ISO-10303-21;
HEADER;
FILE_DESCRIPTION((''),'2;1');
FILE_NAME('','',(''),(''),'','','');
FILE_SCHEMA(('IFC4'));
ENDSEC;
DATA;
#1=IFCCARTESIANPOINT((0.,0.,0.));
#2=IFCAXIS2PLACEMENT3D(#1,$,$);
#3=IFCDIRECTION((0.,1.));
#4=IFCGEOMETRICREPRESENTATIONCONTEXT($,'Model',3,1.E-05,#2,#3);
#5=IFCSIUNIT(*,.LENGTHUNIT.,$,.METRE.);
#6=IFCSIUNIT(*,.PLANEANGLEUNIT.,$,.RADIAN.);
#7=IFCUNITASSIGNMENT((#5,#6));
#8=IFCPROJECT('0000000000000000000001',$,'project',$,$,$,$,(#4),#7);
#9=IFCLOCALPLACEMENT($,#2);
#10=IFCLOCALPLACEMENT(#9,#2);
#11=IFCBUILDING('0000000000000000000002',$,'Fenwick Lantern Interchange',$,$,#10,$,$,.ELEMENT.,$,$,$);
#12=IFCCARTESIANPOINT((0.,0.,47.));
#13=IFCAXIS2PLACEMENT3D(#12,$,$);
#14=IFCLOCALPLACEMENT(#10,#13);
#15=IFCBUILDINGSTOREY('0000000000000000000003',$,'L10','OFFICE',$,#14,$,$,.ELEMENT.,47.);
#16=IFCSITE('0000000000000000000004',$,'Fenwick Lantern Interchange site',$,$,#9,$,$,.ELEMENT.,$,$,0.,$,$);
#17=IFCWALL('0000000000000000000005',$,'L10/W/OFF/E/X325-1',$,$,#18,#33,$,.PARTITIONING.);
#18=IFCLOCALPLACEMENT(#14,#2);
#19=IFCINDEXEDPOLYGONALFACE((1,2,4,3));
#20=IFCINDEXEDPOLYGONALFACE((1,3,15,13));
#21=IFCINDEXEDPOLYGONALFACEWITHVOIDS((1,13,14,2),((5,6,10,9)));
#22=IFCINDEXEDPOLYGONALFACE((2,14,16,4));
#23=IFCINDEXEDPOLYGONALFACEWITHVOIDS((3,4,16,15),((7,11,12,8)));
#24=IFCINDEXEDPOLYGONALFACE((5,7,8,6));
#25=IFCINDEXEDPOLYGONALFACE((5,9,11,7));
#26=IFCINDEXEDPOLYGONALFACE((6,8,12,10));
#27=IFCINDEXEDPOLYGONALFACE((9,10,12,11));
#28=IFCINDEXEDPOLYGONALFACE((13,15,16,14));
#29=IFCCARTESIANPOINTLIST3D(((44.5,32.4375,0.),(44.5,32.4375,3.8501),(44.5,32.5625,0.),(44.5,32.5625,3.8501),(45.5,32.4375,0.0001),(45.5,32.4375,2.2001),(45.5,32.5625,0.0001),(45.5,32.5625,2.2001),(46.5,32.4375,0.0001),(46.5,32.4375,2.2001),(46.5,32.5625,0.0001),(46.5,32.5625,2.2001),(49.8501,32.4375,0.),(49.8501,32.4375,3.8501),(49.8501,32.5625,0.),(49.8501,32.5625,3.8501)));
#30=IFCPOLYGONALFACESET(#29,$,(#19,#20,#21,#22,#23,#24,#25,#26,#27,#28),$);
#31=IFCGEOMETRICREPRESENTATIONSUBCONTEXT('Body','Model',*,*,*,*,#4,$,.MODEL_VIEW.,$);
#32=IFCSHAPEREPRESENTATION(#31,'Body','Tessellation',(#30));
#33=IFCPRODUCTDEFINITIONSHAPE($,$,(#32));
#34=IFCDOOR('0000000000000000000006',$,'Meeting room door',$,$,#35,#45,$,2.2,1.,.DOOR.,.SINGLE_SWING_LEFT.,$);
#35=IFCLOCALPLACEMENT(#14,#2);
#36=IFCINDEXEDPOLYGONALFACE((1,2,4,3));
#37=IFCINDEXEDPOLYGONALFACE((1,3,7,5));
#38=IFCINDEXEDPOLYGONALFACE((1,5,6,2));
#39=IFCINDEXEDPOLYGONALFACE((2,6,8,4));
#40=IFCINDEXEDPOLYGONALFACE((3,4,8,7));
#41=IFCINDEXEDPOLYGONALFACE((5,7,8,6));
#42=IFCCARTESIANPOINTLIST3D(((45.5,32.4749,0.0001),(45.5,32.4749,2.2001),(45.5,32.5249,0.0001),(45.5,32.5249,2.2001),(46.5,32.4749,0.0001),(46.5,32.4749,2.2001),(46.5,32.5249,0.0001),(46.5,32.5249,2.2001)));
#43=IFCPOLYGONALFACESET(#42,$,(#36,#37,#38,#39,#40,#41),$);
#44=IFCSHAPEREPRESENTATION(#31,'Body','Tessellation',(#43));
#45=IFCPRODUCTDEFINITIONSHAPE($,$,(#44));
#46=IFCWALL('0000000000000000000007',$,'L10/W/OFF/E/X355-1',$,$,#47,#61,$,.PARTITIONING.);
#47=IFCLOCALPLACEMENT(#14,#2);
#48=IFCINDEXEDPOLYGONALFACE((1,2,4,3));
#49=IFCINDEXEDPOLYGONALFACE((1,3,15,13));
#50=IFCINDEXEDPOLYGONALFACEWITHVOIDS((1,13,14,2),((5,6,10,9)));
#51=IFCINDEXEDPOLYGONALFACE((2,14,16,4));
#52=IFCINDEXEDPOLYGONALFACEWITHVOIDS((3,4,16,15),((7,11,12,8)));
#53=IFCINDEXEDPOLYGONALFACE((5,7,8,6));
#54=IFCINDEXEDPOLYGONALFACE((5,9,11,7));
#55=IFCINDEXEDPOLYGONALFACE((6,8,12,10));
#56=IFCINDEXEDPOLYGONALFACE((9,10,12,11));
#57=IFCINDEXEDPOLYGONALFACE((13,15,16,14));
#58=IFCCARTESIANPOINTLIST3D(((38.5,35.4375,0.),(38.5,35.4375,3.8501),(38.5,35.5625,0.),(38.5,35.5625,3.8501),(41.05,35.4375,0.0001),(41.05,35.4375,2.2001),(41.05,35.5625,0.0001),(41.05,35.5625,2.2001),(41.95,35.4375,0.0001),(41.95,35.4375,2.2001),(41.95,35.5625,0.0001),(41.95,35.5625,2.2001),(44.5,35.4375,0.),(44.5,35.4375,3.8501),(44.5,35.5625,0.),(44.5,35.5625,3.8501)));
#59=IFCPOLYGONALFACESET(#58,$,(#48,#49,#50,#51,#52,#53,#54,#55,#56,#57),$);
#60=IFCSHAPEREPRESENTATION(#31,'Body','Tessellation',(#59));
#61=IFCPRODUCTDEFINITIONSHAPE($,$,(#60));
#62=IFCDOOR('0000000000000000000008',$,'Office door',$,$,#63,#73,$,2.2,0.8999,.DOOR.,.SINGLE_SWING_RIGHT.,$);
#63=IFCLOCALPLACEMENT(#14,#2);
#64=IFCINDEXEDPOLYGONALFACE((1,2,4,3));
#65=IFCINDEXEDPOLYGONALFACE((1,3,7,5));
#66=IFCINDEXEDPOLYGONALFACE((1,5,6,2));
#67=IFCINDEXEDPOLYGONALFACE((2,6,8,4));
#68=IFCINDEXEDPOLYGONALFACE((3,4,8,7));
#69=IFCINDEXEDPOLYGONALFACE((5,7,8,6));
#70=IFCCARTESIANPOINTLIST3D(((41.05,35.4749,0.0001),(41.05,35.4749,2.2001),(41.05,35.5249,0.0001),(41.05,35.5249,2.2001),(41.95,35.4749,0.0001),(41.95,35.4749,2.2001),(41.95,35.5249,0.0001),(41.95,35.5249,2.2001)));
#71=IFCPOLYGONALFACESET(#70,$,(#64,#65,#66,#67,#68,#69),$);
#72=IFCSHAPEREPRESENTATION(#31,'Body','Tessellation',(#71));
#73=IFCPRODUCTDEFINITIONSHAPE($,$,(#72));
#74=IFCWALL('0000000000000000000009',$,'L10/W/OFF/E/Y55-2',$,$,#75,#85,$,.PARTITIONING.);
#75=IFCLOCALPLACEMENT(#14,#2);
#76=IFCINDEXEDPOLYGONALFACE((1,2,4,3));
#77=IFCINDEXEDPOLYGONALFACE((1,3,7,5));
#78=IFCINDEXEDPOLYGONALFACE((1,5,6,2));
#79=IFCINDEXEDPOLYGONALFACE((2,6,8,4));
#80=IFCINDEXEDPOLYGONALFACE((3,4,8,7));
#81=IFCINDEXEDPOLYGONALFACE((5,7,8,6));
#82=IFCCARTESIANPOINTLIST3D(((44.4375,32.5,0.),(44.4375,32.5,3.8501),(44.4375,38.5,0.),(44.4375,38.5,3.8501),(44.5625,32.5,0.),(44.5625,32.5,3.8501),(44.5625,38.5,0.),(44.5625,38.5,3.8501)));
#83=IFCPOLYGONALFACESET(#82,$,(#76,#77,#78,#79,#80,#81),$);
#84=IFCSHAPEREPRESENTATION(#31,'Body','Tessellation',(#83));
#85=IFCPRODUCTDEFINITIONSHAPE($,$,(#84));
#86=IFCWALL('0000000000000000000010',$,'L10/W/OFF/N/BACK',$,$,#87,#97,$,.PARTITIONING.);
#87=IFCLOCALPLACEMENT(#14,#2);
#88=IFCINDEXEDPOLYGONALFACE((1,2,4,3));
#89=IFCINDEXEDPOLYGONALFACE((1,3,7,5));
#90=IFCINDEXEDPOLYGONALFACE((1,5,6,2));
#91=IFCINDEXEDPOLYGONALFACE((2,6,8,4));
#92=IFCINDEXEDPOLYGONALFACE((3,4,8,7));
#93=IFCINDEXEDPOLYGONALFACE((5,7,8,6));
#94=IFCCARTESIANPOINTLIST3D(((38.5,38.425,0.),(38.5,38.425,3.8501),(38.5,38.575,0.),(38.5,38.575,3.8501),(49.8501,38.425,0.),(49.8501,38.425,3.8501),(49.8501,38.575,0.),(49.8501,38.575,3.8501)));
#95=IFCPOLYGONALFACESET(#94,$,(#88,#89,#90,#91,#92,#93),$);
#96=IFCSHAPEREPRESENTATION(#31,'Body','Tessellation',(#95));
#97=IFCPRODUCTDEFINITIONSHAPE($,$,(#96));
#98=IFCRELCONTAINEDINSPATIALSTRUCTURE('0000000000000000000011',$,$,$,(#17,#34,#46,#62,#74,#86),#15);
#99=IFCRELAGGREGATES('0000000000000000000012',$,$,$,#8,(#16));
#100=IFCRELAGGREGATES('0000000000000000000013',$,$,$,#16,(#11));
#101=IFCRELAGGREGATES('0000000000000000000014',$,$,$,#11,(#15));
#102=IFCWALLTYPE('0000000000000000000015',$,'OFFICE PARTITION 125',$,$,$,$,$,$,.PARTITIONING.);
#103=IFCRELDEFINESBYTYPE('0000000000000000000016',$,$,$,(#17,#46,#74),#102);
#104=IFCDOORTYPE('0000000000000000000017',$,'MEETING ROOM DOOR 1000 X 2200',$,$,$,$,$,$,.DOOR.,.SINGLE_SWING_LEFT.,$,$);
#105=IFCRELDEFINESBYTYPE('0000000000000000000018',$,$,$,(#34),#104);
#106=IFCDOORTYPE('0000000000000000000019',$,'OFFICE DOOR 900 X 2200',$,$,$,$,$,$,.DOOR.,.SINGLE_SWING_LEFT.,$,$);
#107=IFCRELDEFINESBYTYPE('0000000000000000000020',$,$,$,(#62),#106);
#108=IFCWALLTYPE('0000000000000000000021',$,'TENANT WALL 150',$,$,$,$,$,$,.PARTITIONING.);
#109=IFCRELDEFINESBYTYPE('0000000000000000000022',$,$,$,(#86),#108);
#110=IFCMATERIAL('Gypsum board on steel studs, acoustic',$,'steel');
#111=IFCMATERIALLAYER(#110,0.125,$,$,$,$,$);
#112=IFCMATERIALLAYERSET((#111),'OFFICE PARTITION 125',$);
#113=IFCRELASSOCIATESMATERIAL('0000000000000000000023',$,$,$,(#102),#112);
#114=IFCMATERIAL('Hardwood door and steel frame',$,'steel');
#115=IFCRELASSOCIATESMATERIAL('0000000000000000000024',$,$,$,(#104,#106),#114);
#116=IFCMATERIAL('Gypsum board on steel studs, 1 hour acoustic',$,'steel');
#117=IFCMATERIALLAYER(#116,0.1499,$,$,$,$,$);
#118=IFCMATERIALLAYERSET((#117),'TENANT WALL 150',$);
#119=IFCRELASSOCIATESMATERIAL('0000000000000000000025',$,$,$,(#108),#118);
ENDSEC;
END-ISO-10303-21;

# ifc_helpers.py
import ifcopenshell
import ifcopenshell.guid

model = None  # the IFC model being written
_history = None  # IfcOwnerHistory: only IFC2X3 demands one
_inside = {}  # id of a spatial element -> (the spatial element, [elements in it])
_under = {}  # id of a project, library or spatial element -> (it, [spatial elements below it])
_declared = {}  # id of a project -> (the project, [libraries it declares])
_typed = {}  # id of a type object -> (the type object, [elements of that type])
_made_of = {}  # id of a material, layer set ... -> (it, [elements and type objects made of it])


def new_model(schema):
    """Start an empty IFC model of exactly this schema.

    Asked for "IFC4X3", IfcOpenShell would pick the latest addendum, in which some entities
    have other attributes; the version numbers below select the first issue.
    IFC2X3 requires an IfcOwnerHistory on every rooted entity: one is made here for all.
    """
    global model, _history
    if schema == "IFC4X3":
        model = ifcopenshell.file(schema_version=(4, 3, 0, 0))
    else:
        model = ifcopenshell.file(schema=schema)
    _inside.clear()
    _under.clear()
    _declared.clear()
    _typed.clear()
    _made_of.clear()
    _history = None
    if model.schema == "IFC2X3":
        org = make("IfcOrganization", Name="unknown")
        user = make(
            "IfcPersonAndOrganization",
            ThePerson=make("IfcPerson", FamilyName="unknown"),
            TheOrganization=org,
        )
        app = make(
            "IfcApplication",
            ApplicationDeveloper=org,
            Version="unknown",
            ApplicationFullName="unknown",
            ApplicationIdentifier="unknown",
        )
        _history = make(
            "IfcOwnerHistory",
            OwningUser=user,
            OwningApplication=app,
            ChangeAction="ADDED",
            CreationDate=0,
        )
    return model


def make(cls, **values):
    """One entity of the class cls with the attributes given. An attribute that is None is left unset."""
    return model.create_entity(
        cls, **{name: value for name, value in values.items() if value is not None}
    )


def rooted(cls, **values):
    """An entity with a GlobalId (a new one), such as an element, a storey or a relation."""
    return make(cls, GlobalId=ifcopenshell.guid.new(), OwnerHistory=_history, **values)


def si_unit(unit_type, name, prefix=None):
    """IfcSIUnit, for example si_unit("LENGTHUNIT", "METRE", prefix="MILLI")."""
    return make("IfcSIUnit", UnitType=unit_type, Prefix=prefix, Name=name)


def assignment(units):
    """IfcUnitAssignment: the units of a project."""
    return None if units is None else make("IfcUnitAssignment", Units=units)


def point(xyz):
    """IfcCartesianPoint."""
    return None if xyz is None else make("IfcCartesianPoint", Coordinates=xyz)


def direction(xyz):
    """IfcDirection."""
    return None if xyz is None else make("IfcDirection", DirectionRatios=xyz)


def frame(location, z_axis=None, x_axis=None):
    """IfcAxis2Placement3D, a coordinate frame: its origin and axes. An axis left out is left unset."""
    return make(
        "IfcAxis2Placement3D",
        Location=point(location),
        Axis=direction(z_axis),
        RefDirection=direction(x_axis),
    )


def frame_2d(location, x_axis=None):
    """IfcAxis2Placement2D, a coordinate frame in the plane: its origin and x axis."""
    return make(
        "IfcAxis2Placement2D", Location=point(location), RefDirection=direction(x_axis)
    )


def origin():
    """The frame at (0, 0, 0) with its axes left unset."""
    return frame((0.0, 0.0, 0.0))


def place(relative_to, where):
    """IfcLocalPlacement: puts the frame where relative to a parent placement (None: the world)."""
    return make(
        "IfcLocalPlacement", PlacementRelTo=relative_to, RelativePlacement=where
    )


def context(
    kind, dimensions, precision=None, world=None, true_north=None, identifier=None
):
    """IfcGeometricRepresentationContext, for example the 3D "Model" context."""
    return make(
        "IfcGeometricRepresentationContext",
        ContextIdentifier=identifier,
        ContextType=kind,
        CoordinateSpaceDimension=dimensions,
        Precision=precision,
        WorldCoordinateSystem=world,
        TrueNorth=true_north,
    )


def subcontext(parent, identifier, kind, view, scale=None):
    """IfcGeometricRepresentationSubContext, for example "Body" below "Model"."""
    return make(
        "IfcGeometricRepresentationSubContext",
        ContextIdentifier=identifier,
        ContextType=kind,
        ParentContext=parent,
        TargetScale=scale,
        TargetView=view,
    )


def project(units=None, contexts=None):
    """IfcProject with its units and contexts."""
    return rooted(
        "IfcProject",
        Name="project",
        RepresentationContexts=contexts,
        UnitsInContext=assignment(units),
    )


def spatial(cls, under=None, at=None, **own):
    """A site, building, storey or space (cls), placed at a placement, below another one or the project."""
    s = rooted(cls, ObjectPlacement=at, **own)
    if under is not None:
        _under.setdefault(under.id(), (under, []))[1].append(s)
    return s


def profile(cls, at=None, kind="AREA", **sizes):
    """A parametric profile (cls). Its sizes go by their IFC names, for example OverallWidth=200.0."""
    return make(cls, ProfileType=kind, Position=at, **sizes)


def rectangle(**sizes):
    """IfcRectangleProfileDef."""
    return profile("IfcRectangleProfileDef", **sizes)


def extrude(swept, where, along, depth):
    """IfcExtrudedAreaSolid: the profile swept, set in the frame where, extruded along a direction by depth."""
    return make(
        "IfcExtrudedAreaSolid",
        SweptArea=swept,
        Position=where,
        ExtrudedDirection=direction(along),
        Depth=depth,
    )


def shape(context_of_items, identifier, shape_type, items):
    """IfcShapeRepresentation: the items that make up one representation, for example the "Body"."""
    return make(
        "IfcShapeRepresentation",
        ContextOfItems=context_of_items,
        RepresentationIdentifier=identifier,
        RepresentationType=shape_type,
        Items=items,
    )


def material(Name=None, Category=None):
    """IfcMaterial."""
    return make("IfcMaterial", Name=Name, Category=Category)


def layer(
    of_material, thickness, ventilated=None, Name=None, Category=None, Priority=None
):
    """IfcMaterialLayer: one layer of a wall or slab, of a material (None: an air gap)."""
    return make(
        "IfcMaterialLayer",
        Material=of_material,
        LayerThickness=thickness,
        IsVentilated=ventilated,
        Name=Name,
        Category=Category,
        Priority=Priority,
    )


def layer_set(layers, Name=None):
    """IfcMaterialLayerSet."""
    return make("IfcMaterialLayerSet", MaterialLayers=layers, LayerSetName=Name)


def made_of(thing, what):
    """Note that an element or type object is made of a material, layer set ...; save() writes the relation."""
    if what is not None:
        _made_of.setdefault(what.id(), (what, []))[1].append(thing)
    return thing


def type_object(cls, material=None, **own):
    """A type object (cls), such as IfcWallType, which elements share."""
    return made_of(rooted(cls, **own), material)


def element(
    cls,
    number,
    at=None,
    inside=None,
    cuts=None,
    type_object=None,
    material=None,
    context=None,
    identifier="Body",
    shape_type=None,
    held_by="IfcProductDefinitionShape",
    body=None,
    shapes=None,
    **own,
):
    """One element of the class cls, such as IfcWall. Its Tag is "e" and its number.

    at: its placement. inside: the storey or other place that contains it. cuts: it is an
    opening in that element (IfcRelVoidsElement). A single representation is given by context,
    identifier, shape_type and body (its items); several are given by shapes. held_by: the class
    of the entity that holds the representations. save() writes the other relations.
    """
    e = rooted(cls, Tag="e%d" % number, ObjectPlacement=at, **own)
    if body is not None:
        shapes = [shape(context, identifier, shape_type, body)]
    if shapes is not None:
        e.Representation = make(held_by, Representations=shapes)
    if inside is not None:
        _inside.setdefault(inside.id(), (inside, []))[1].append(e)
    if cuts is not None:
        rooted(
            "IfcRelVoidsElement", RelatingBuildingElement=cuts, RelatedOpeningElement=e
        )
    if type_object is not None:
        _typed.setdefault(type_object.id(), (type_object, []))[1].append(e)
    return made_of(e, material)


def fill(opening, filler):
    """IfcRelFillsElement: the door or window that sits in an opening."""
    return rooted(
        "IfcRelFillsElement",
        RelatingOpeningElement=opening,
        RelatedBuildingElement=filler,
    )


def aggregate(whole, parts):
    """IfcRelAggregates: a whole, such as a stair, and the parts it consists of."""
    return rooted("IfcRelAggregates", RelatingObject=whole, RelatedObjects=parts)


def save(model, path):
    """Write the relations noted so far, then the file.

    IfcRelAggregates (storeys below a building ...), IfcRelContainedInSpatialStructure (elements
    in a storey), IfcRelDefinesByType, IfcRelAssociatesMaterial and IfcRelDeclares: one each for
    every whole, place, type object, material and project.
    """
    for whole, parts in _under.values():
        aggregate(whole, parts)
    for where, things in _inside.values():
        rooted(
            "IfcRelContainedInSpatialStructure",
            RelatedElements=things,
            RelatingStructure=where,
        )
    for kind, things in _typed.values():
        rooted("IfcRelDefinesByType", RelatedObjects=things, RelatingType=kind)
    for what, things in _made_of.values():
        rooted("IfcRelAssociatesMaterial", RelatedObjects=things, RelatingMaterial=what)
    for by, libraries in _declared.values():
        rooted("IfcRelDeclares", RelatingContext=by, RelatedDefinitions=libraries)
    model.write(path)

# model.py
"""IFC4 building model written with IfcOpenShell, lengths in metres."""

from ifc_helpers import new_model, si_unit, direction, frame, frame_2d, origin, place, context, subcontext, project, spatial, rectangle, extrude, material, layer, layer_set, type_object, element, fill, save


model = new_model("IFC4")

# Units and contexts
model_context = context("Model", 3, precision=1e-05, world=origin(), true_north=direction((0.0, 1.0)))
body_context = subcontext(model_context, "Body", "Model", "MODEL_VIEW")
ifc_project = project(units=[si_unit("LENGTHUNIT", "METRE"), si_unit("PLANEANGLEUNIT", "RADIAN")], contexts=[model_context])

# Site, building, storey
site_placement = place(None, origin())
site = spatial("IfcSite", under=ifc_project, at=site_placement, Name="Fenwick Lantern Interchange site", CompositionType="ELEMENT", RefElevation=0.0)
building_placement = place(site_placement, origin())
building = spatial("IfcBuilding", under=site, at=building_placement, Name="Fenwick Lantern Interchange", CompositionType="ELEMENT")
storey_placement = place(building_placement, frame((0.0, 0.0, 47.0)))
storey = spatial("IfcBuildingStorey", under=building, at=storey_placement, Name="L10", Description="OFFICE", CompositionType="ELEMENT", Elevation=47.0)

# Walls, openings, doors
ifc_material_1 = material(Name="Gypsum board on steel studs, acoustic", Category="steel")
ifc_layer_1 = layer(ifc_material_1, 0.125)
ifc_layer_set_1 = layer_set([ifc_layer_1], Name="OFFICE PARTITION 125")
wall_type_1 = type_object("IfcWallType", Name="OFFICE PARTITION 125", PredefinedType="PARTITIONING", material=ifc_layer_set_1)
wall_1_placement = place(storey_placement, frame((49.8501, 32.5, 0.0), z_axis=(0.0, 0.0, 1.0), x_axis=(-1.0, 0.0, 0.0)))
wall_1 = element("IfcWall", 1, at=wall_1_placement, inside=storey, type_object=wall_type_1, Name="L10/W/OFF/E/X325-1", PredefinedType="PARTITIONING", context=body_context, shape_type="SweptSolid", body=[
    extrude(rectangle(XDim=5.3501, YDim=0.125, at=frame_2d((2.675, 0.0))), origin(), (0.0, 0.0, 1.0), 3.8501),
])
opening_1_placement = place(wall_1_placement, frame((3.3501, 0.0, 0.0)))
opening_1 = element("IfcOpeningElement", 2, at=opening_1_placement, cuts=wall_1, PredefinedType="OPENING", context=body_context, shape_type="SweptSolid", body=[
    extrude(rectangle(XDim=1.0, YDim=2.2, at=frame_2d((0.5, 1.1001))), frame((0.0, 0.0725, 0.0), z_axis=(0.0, -1.0, 0.0), x_axis=(1.0, 0.0, 0.0)), (0.0, 0.0, 1.0), 0.145),
])
ifc_material_2 = material(Name="Hardwood door and steel frame", Category="steel")
door_type_1 = type_object("IfcDoorType", Name="MEETING ROOM DOOR 1000 X 2200", OperationType="SINGLE_SWING_LEFT", PredefinedType="DOOR", material=ifc_material_2)
door_1_placement = place(opening_1_placement, frame((1.0, 0.0, 0.0), z_axis=(0.0, 0.0, 1.0), x_axis=(-1.0, 0.0, 0.0)))
door_1 = element("IfcDoor", 3, at=door_1_placement, inside=storey, type_object=door_type_1, Name="Meeting room door", OperationType="SINGLE_SWING_LEFT", OverallHeight=2.2, OverallWidth=1.0, PredefinedType="DOOR", context=body_context, shape_type="SweptSolid", body=[
    extrude(rectangle(XDim=1.0, YDim=2.2, at=frame_2d((0.5, 1.1001))), frame((0.0, 0.0249, 0.0), z_axis=(0.0, -1.0, 0.0), x_axis=(1.0, 0.0, 0.0)), (0.0, 0.0, 1.0), 0.05),
])
fill(opening_1, door_1)
wall_2_placement = place(storey_placement, frame((44.5, 35.5, 0.0), z_axis=(0.0, 0.0, 1.0), x_axis=(-1.0, 0.0, 0.0)))
wall_2 = element("IfcWall", 4, at=wall_2_placement, inside=storey, type_object=wall_type_1, Name="L10/W/OFF/E/X355-1", PredefinedType="PARTITIONING", context=body_context, shape_type="SweptSolid", body=[
    extrude(rectangle(XDim=6.0, YDim=0.125, at=frame_2d((3.0, 0.0))), origin(), (0.0, 0.0, 1.0), 3.8501),
])
opening_2_placement = place(wall_2_placement, frame((2.55, 0.0, 0.0)))
opening_2 = element("IfcOpeningElement", 5, at=opening_2_placement, cuts=wall_2, PredefinedType="OPENING", context=body_context, shape_type="SweptSolid", body=[
    extrude(rectangle(XDim=0.8999, YDim=2.2, at=frame_2d((0.45, 1.1001))), frame((0.0, 0.0725, 0.0), z_axis=(0.0, -1.0, 0.0), x_axis=(1.0, 0.0, 0.0)), (0.0, 0.0, 1.0), 0.145),
])
door_type_2 = type_object("IfcDoorType", Name="OFFICE DOOR 900 X 2200", OperationType="SINGLE_SWING_LEFT", PredefinedType="DOOR", material=ifc_material_2)
door_2_placement = place(opening_2_placement, frame((0.8999, 0.0, 0.0), z_axis=(0.0, 0.0, 1.0), x_axis=(-1.0, 0.0, 0.0)))
door_2 = element("IfcDoor", 6, at=door_2_placement, inside=storey, type_object=door_type_2, Name="Office door", OperationType="SINGLE_SWING_RIGHT", OverallHeight=2.2, OverallWidth=0.8999, PredefinedType="DOOR", context=body_context, shape_type="SweptSolid", body=[
    extrude(rectangle(XDim=0.8999, YDim=2.2, at=frame_2d((0.45, 1.1001))), frame((0.0, 0.0249, 0.0), z_axis=(0.0, -1.0, 0.0), x_axis=(1.0, 0.0, 0.0)), (0.0, 0.0, 1.0), 0.05),
])
fill(opening_2, door_2)

# Walls
wall_3_placement = place(storey_placement, frame((44.5, 32.5, 0.0), z_axis=(0.0, 0.0, 1.0), x_axis=(0.0, 1.0, 0.0)))
element("IfcWall", 7, at=wall_3_placement, inside=storey, type_object=wall_type_1, Name="L10/W/OFF/E/Y55-2", PredefinedType="PARTITIONING", context=body_context, shape_type="SweptSolid", body=[
    extrude(rectangle(XDim=6.0, YDim=0.125, at=frame_2d((3.0, 0.0))), origin(), (0.0, 0.0, 1.0), 3.8501),
])
ifc_material_3 = material(Name="Gypsum board on steel studs, 1 hour acoustic", Category="steel")
ifc_layer_2 = layer(ifc_material_3, 0.1499)
ifc_layer_set_2 = layer_set([ifc_layer_2], Name="TENANT WALL 150")
wall_type_2 = type_object("IfcWallType", Name="TENANT WALL 150", PredefinedType="PARTITIONING", material=ifc_layer_set_2)
wall_4_placement = place(storey_placement, frame((49.8501, 38.5, 0.0), z_axis=(0.0, 0.0, 1.0), x_axis=(-1.0, 0.0, 0.0)))
element("IfcWall", 8, at=wall_4_placement, inside=storey, type_object=wall_type_2, Name="L10/W/OFF/N/BACK", PredefinedType="PARTITIONING", context=body_context, shape_type="SweptSolid", body=[
    extrude(rectangle(XDim=11.3501, YDim=0.1499, at=frame_2d((5.675, 0.0))), origin(), (0.0, 0.0, 1.0), 3.8501),
])

save(model, "model.ifc")
